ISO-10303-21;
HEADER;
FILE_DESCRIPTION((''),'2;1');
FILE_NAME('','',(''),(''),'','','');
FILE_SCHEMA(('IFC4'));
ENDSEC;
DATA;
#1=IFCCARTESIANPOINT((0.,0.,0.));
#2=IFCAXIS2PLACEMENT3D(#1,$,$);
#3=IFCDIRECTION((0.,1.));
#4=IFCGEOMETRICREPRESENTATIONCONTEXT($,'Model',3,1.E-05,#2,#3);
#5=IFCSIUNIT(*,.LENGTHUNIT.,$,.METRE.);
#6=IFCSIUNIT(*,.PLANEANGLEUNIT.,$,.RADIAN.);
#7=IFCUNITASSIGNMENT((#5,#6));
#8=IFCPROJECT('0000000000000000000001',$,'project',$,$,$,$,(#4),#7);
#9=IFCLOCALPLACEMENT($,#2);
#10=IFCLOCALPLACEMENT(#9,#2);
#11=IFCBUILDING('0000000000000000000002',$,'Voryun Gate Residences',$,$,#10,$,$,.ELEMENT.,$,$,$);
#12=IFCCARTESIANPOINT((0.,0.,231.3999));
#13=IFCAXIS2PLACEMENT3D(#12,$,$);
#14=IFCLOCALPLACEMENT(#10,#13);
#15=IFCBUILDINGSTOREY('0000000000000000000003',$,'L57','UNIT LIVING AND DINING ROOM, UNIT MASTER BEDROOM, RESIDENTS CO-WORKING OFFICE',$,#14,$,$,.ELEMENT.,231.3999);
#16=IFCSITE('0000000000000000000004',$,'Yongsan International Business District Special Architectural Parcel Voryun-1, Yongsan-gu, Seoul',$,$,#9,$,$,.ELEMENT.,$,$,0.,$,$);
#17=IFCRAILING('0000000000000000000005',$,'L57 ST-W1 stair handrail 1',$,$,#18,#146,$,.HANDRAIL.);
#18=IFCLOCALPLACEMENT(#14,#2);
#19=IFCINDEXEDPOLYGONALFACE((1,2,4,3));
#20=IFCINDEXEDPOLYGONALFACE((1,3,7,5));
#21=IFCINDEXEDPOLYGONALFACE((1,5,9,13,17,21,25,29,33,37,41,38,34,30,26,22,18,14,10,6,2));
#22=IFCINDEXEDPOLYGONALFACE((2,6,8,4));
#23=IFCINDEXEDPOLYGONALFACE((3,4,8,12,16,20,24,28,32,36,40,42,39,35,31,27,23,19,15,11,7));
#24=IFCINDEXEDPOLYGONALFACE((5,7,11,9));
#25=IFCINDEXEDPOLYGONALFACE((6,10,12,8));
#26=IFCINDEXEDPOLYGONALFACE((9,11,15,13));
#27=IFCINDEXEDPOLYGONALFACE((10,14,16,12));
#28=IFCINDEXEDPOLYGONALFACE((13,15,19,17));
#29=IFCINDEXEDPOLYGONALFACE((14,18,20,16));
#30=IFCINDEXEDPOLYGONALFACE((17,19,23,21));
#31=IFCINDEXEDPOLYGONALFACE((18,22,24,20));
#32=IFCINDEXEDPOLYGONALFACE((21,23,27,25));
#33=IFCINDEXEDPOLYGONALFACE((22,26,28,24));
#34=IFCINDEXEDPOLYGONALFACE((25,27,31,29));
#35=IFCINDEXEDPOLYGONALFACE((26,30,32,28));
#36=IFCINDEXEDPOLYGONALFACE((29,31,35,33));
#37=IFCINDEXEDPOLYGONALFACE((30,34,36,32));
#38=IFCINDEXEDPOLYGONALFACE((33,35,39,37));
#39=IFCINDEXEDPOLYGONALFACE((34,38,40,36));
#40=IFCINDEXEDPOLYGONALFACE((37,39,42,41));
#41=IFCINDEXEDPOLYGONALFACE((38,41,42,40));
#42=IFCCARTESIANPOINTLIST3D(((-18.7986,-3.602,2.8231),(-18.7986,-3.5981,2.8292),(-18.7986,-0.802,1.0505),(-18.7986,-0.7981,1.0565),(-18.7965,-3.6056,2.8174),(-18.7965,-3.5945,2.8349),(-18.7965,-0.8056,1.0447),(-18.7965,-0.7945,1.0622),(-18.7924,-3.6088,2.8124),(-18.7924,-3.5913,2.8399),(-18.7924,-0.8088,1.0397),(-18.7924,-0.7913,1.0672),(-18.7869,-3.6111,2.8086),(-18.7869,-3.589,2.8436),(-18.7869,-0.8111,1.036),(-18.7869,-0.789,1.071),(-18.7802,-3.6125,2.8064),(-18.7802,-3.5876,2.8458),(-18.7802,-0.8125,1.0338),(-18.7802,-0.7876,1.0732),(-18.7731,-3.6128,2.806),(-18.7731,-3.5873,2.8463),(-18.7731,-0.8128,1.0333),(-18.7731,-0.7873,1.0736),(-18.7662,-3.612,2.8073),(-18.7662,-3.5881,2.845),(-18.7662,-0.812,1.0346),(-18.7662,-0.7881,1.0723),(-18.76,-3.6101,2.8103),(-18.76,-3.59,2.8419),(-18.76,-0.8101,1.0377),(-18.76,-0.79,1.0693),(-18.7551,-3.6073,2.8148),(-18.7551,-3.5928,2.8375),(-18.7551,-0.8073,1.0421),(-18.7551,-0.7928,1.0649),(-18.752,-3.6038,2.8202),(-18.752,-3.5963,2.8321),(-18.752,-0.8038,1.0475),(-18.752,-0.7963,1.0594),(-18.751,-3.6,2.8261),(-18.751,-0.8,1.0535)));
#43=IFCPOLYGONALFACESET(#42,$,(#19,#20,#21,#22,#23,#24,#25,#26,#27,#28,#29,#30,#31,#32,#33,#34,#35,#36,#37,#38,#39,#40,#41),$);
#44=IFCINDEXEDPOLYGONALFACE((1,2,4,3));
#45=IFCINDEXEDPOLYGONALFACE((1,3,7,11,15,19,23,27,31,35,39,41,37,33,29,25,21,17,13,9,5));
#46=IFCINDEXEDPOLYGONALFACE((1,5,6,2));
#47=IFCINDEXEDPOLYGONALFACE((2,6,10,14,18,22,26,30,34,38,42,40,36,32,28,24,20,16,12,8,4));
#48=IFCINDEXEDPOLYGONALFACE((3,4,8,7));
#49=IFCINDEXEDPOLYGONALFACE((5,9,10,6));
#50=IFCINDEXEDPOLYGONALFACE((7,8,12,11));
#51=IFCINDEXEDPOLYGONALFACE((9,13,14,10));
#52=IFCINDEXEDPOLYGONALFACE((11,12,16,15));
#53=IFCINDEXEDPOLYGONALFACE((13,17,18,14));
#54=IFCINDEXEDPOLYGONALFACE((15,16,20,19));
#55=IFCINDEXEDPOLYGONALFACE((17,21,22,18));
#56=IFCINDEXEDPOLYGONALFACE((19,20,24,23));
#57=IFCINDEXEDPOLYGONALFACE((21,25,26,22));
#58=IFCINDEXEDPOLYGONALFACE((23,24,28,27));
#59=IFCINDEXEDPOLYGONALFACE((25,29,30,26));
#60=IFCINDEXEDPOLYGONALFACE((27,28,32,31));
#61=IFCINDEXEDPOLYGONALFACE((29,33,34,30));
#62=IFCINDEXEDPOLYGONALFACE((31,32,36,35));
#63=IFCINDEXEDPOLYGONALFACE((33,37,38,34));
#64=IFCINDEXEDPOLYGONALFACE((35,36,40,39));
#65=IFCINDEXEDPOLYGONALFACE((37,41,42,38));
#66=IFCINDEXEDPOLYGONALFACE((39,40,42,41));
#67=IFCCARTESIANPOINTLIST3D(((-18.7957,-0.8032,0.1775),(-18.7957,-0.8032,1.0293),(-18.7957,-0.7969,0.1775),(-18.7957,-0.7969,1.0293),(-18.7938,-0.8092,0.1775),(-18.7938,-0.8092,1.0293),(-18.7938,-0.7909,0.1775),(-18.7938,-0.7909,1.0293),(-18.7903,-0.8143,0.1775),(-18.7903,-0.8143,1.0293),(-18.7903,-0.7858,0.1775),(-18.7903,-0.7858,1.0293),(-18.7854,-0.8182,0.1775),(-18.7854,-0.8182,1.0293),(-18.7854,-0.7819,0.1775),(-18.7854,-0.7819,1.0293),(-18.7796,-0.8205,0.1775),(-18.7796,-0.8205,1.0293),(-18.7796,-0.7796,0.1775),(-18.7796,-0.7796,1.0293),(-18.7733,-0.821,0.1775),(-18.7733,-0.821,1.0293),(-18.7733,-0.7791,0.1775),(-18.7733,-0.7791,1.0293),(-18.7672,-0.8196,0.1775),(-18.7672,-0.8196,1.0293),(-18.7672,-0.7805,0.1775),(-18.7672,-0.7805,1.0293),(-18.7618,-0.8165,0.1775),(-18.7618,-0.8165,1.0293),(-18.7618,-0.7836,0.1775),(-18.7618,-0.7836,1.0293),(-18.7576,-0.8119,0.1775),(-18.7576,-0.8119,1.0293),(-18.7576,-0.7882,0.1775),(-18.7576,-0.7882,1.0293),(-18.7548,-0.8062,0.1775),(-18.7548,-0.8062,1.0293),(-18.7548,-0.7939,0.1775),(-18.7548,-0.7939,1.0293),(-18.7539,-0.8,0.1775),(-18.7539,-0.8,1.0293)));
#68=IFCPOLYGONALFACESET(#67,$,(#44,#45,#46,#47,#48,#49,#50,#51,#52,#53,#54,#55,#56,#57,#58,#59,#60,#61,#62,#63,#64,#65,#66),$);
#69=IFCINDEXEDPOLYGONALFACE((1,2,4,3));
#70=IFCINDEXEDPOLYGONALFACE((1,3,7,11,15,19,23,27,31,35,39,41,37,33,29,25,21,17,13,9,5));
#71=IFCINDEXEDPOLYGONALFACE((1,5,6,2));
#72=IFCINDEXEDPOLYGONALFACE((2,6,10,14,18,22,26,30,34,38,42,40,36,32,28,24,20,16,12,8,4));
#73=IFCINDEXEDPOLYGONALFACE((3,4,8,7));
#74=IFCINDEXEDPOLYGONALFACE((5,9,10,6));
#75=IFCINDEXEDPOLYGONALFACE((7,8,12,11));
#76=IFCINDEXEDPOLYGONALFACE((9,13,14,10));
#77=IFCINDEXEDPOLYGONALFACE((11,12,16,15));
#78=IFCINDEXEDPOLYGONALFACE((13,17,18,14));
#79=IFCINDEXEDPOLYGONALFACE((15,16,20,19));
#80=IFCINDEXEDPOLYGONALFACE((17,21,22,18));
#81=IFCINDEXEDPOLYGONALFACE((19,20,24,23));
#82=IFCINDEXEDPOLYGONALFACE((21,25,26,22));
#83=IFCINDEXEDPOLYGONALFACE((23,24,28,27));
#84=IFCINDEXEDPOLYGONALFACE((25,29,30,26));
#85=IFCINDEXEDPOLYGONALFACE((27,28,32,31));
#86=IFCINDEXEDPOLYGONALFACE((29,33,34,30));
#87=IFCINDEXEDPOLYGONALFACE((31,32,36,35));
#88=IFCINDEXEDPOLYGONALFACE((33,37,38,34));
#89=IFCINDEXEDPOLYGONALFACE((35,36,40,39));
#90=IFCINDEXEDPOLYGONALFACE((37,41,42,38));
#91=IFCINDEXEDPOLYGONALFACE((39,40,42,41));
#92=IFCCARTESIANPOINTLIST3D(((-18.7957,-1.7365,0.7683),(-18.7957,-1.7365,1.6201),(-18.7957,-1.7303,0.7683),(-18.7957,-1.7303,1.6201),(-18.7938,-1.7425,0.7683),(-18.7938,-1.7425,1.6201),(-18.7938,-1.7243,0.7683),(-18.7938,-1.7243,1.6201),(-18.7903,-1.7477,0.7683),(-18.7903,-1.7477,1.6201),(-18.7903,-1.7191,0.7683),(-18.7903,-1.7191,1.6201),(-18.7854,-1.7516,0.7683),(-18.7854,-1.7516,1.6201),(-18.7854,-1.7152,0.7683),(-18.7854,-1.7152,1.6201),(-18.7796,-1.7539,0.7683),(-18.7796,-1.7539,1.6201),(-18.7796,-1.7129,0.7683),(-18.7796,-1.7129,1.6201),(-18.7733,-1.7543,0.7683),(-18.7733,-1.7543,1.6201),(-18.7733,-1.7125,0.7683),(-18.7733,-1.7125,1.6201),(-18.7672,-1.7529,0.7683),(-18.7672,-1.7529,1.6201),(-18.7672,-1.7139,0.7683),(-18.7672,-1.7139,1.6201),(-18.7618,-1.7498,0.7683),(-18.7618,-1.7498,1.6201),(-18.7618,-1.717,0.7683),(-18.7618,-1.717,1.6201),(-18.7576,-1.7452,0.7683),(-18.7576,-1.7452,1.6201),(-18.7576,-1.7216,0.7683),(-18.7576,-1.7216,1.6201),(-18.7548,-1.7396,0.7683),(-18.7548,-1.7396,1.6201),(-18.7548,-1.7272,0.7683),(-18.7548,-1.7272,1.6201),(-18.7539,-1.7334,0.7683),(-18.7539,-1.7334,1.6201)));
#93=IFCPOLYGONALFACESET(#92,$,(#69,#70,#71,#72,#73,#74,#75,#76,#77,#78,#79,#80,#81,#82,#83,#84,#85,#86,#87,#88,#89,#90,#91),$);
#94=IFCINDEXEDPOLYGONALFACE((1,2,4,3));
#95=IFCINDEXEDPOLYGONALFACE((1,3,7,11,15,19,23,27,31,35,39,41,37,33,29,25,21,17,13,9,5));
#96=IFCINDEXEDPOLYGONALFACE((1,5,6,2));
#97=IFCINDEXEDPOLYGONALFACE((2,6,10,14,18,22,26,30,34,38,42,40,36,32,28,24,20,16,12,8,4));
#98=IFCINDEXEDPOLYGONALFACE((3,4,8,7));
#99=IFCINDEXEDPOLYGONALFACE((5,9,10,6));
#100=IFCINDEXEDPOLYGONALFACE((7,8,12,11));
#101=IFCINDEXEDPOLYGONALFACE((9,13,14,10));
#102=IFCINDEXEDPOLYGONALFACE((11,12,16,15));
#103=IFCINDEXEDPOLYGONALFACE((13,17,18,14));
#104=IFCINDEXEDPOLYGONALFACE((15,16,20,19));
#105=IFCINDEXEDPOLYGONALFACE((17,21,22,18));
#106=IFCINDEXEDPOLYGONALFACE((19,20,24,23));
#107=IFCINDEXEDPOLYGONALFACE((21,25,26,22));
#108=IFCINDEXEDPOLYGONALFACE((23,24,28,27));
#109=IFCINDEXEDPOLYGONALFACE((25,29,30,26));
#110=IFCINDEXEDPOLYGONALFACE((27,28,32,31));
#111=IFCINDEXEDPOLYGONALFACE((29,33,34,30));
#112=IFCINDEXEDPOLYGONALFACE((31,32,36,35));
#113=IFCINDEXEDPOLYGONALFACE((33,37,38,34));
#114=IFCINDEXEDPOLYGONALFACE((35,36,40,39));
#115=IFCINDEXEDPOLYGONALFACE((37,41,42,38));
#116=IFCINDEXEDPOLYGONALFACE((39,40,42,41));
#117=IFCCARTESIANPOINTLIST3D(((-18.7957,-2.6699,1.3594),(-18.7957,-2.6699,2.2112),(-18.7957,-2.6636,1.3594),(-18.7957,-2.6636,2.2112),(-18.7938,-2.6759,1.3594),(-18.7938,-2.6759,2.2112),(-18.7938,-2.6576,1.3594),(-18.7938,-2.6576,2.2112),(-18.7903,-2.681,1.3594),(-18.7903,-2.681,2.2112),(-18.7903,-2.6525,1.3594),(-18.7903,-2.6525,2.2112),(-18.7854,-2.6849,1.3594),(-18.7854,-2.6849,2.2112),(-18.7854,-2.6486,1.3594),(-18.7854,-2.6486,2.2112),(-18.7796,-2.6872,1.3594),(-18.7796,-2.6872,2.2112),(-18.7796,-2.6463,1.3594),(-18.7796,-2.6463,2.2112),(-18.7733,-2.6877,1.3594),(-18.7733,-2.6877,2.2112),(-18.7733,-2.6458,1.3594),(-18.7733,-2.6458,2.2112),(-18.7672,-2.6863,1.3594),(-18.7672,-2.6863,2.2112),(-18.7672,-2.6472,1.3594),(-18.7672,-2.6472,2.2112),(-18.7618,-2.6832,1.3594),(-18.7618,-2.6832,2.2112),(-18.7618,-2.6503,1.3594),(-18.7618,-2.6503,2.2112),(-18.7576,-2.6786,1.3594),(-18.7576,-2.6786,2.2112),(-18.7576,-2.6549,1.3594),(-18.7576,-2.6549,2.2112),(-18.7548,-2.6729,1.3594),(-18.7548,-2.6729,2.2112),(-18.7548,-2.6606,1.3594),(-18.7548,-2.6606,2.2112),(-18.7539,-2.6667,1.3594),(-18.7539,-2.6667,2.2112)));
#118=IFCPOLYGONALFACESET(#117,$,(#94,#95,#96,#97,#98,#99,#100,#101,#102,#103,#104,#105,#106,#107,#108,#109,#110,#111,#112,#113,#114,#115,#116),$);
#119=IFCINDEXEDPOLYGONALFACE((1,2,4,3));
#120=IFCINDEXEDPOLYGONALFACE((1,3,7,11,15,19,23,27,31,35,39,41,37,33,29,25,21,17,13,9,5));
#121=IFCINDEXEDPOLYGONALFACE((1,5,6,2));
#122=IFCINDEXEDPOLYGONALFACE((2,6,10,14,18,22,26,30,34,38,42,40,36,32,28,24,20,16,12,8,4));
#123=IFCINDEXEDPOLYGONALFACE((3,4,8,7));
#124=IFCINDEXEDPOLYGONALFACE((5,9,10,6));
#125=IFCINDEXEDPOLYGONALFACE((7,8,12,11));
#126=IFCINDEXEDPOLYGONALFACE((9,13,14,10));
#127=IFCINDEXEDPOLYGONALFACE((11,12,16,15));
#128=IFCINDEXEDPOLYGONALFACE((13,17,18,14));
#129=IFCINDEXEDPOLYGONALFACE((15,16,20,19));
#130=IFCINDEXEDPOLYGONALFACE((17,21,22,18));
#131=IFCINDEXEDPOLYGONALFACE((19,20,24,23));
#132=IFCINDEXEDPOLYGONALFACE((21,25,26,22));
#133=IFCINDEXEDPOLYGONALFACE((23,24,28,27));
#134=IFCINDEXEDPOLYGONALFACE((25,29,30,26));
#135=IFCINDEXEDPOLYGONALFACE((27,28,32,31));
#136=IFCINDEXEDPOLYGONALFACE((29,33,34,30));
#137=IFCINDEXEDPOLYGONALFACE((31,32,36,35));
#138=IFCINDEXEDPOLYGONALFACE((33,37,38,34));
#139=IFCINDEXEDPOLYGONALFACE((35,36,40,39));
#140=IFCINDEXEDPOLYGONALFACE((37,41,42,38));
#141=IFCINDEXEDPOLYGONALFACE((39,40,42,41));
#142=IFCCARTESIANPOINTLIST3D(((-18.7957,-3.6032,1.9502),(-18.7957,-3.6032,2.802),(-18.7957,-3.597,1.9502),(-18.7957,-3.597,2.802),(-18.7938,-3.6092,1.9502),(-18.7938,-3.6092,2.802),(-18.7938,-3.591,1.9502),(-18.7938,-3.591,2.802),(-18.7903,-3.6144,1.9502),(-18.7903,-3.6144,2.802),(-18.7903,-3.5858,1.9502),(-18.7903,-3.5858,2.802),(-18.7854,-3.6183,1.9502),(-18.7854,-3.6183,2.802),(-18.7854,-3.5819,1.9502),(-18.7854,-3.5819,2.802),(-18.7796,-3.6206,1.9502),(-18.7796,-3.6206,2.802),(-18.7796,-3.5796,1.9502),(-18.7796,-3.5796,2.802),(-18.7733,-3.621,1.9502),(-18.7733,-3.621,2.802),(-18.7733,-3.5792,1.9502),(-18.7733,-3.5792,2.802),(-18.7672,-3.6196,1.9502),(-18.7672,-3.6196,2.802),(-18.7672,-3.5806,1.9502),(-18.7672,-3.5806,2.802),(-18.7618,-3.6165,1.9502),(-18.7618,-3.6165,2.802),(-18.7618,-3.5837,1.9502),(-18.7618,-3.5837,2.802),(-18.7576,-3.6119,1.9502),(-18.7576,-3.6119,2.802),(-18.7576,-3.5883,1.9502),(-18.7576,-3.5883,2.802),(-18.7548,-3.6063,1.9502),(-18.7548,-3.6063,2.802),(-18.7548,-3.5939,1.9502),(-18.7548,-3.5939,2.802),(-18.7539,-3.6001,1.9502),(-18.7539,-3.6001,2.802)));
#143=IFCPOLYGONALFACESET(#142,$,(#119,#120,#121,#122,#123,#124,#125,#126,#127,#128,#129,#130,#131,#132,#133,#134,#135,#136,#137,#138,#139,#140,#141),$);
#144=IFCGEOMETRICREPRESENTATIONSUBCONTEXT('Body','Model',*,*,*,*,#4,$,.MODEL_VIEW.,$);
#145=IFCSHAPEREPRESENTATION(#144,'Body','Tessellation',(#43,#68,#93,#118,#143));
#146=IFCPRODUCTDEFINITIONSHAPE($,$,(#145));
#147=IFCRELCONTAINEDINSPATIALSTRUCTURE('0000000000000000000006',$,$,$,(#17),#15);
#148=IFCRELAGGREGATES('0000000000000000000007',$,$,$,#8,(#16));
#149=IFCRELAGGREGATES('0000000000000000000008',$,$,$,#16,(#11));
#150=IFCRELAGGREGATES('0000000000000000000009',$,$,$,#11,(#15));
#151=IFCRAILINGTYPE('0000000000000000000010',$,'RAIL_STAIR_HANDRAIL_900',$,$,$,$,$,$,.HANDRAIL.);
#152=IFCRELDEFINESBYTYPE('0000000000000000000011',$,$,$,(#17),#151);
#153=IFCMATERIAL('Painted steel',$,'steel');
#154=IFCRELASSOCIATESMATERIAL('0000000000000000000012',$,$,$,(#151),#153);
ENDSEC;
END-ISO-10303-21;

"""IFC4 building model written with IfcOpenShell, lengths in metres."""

from ifc_helpers import new_model, si_unit, direction, frame, origin, origin_2d, place, context, subcontext, project, spatial, circle, extrude, material, type_object, element, save


model = new_model("IFC4")

# Units and contexts
model_context = context("Model", 3, precision=1e-05, world=origin(), true_north=direction((0.0, 1.0)))
body_context = subcontext(model_context, "Body", "Model", "MODEL_VIEW")
ifc_project = project(units=[si_unit("LENGTHUNIT", "METRE"), si_unit("PLANEANGLEUNIT", "RADIAN")], contexts=[model_context])

# Site, building, storey
site_placement = place(None, origin())
site = spatial("IfcSite", under=ifc_project, at=site_placement, Name="Yongsan International Business District Special Architectural Parcel Voryun-1, Yongsan-gu, Seoul", CompositionType="ELEMENT", RefElevation=0.0)
building_placement = place(site_placement, origin())
building = spatial("IfcBuilding", under=site, at=building_placement, Name="Voryun Gate Residences", CompositionType="ELEMENT")
storey_placement = place(building_placement, frame((0.0, 0.0, 231.3999)))
storey = spatial("IfcBuildingStorey", under=building, at=storey_placement, Name="L57", Description="UNIT LIVING AND DINING ROOM, UNIT MASTER BEDROOM, RESIDENTS CO-WORKING OFFICE", CompositionType="ELEMENT", Elevation=231.3999)

# Railing
ifc_material_1 = material(Name="Painted steel", Category="steel")
railing_type_1 = type_object("IfcRailingType", Name="RAIL_STAIR_HANDRAIL_900", PredefinedType="HANDRAIL", material=ifc_material_1)
railing_1_placement = place(storey_placement, frame((-18.7749, -0.8, 0.1775)))
element("IfcRailing", 1, at=railing_1_placement, inside=storey, type_object=railing_type_1, Name="L57 ST-W1 stair handrail 1", PredefinedType="HANDRAIL", context=body_context, shape_type="SweptSolid", body=[
    extrude(circle(Radius=0.0239, at=origin_2d()), frame((0.0, 0.0, 0.876), z_axis=(0.0, -0.844909, 0.53491), x_axis=(1.0, 0.0, 0.0)), (0.0, 0.0, 1.0), 3.314),
    extrude(circle(Radius=0.021, at=origin_2d()), origin(), (0.0, 0.0, 1.0), 0.8518),
    extrude(circle(Radius=0.021, at=origin_2d()), frame((0.0, -0.9333, 0.5908)), (0.0, 0.0, 1.0), 0.8518),
    extrude(circle(Radius=0.021, at=origin_2d()), frame((0.0, -1.8667, 1.1819)), (0.0, 0.0, 1.0), 0.8518),
    extrude(circle(Radius=0.021, at=origin_2d()), frame((0.0, -2.8, 1.7727)), (0.0, 0.0, 1.0), 0.8518),
])

save(model, "model.ifc")
